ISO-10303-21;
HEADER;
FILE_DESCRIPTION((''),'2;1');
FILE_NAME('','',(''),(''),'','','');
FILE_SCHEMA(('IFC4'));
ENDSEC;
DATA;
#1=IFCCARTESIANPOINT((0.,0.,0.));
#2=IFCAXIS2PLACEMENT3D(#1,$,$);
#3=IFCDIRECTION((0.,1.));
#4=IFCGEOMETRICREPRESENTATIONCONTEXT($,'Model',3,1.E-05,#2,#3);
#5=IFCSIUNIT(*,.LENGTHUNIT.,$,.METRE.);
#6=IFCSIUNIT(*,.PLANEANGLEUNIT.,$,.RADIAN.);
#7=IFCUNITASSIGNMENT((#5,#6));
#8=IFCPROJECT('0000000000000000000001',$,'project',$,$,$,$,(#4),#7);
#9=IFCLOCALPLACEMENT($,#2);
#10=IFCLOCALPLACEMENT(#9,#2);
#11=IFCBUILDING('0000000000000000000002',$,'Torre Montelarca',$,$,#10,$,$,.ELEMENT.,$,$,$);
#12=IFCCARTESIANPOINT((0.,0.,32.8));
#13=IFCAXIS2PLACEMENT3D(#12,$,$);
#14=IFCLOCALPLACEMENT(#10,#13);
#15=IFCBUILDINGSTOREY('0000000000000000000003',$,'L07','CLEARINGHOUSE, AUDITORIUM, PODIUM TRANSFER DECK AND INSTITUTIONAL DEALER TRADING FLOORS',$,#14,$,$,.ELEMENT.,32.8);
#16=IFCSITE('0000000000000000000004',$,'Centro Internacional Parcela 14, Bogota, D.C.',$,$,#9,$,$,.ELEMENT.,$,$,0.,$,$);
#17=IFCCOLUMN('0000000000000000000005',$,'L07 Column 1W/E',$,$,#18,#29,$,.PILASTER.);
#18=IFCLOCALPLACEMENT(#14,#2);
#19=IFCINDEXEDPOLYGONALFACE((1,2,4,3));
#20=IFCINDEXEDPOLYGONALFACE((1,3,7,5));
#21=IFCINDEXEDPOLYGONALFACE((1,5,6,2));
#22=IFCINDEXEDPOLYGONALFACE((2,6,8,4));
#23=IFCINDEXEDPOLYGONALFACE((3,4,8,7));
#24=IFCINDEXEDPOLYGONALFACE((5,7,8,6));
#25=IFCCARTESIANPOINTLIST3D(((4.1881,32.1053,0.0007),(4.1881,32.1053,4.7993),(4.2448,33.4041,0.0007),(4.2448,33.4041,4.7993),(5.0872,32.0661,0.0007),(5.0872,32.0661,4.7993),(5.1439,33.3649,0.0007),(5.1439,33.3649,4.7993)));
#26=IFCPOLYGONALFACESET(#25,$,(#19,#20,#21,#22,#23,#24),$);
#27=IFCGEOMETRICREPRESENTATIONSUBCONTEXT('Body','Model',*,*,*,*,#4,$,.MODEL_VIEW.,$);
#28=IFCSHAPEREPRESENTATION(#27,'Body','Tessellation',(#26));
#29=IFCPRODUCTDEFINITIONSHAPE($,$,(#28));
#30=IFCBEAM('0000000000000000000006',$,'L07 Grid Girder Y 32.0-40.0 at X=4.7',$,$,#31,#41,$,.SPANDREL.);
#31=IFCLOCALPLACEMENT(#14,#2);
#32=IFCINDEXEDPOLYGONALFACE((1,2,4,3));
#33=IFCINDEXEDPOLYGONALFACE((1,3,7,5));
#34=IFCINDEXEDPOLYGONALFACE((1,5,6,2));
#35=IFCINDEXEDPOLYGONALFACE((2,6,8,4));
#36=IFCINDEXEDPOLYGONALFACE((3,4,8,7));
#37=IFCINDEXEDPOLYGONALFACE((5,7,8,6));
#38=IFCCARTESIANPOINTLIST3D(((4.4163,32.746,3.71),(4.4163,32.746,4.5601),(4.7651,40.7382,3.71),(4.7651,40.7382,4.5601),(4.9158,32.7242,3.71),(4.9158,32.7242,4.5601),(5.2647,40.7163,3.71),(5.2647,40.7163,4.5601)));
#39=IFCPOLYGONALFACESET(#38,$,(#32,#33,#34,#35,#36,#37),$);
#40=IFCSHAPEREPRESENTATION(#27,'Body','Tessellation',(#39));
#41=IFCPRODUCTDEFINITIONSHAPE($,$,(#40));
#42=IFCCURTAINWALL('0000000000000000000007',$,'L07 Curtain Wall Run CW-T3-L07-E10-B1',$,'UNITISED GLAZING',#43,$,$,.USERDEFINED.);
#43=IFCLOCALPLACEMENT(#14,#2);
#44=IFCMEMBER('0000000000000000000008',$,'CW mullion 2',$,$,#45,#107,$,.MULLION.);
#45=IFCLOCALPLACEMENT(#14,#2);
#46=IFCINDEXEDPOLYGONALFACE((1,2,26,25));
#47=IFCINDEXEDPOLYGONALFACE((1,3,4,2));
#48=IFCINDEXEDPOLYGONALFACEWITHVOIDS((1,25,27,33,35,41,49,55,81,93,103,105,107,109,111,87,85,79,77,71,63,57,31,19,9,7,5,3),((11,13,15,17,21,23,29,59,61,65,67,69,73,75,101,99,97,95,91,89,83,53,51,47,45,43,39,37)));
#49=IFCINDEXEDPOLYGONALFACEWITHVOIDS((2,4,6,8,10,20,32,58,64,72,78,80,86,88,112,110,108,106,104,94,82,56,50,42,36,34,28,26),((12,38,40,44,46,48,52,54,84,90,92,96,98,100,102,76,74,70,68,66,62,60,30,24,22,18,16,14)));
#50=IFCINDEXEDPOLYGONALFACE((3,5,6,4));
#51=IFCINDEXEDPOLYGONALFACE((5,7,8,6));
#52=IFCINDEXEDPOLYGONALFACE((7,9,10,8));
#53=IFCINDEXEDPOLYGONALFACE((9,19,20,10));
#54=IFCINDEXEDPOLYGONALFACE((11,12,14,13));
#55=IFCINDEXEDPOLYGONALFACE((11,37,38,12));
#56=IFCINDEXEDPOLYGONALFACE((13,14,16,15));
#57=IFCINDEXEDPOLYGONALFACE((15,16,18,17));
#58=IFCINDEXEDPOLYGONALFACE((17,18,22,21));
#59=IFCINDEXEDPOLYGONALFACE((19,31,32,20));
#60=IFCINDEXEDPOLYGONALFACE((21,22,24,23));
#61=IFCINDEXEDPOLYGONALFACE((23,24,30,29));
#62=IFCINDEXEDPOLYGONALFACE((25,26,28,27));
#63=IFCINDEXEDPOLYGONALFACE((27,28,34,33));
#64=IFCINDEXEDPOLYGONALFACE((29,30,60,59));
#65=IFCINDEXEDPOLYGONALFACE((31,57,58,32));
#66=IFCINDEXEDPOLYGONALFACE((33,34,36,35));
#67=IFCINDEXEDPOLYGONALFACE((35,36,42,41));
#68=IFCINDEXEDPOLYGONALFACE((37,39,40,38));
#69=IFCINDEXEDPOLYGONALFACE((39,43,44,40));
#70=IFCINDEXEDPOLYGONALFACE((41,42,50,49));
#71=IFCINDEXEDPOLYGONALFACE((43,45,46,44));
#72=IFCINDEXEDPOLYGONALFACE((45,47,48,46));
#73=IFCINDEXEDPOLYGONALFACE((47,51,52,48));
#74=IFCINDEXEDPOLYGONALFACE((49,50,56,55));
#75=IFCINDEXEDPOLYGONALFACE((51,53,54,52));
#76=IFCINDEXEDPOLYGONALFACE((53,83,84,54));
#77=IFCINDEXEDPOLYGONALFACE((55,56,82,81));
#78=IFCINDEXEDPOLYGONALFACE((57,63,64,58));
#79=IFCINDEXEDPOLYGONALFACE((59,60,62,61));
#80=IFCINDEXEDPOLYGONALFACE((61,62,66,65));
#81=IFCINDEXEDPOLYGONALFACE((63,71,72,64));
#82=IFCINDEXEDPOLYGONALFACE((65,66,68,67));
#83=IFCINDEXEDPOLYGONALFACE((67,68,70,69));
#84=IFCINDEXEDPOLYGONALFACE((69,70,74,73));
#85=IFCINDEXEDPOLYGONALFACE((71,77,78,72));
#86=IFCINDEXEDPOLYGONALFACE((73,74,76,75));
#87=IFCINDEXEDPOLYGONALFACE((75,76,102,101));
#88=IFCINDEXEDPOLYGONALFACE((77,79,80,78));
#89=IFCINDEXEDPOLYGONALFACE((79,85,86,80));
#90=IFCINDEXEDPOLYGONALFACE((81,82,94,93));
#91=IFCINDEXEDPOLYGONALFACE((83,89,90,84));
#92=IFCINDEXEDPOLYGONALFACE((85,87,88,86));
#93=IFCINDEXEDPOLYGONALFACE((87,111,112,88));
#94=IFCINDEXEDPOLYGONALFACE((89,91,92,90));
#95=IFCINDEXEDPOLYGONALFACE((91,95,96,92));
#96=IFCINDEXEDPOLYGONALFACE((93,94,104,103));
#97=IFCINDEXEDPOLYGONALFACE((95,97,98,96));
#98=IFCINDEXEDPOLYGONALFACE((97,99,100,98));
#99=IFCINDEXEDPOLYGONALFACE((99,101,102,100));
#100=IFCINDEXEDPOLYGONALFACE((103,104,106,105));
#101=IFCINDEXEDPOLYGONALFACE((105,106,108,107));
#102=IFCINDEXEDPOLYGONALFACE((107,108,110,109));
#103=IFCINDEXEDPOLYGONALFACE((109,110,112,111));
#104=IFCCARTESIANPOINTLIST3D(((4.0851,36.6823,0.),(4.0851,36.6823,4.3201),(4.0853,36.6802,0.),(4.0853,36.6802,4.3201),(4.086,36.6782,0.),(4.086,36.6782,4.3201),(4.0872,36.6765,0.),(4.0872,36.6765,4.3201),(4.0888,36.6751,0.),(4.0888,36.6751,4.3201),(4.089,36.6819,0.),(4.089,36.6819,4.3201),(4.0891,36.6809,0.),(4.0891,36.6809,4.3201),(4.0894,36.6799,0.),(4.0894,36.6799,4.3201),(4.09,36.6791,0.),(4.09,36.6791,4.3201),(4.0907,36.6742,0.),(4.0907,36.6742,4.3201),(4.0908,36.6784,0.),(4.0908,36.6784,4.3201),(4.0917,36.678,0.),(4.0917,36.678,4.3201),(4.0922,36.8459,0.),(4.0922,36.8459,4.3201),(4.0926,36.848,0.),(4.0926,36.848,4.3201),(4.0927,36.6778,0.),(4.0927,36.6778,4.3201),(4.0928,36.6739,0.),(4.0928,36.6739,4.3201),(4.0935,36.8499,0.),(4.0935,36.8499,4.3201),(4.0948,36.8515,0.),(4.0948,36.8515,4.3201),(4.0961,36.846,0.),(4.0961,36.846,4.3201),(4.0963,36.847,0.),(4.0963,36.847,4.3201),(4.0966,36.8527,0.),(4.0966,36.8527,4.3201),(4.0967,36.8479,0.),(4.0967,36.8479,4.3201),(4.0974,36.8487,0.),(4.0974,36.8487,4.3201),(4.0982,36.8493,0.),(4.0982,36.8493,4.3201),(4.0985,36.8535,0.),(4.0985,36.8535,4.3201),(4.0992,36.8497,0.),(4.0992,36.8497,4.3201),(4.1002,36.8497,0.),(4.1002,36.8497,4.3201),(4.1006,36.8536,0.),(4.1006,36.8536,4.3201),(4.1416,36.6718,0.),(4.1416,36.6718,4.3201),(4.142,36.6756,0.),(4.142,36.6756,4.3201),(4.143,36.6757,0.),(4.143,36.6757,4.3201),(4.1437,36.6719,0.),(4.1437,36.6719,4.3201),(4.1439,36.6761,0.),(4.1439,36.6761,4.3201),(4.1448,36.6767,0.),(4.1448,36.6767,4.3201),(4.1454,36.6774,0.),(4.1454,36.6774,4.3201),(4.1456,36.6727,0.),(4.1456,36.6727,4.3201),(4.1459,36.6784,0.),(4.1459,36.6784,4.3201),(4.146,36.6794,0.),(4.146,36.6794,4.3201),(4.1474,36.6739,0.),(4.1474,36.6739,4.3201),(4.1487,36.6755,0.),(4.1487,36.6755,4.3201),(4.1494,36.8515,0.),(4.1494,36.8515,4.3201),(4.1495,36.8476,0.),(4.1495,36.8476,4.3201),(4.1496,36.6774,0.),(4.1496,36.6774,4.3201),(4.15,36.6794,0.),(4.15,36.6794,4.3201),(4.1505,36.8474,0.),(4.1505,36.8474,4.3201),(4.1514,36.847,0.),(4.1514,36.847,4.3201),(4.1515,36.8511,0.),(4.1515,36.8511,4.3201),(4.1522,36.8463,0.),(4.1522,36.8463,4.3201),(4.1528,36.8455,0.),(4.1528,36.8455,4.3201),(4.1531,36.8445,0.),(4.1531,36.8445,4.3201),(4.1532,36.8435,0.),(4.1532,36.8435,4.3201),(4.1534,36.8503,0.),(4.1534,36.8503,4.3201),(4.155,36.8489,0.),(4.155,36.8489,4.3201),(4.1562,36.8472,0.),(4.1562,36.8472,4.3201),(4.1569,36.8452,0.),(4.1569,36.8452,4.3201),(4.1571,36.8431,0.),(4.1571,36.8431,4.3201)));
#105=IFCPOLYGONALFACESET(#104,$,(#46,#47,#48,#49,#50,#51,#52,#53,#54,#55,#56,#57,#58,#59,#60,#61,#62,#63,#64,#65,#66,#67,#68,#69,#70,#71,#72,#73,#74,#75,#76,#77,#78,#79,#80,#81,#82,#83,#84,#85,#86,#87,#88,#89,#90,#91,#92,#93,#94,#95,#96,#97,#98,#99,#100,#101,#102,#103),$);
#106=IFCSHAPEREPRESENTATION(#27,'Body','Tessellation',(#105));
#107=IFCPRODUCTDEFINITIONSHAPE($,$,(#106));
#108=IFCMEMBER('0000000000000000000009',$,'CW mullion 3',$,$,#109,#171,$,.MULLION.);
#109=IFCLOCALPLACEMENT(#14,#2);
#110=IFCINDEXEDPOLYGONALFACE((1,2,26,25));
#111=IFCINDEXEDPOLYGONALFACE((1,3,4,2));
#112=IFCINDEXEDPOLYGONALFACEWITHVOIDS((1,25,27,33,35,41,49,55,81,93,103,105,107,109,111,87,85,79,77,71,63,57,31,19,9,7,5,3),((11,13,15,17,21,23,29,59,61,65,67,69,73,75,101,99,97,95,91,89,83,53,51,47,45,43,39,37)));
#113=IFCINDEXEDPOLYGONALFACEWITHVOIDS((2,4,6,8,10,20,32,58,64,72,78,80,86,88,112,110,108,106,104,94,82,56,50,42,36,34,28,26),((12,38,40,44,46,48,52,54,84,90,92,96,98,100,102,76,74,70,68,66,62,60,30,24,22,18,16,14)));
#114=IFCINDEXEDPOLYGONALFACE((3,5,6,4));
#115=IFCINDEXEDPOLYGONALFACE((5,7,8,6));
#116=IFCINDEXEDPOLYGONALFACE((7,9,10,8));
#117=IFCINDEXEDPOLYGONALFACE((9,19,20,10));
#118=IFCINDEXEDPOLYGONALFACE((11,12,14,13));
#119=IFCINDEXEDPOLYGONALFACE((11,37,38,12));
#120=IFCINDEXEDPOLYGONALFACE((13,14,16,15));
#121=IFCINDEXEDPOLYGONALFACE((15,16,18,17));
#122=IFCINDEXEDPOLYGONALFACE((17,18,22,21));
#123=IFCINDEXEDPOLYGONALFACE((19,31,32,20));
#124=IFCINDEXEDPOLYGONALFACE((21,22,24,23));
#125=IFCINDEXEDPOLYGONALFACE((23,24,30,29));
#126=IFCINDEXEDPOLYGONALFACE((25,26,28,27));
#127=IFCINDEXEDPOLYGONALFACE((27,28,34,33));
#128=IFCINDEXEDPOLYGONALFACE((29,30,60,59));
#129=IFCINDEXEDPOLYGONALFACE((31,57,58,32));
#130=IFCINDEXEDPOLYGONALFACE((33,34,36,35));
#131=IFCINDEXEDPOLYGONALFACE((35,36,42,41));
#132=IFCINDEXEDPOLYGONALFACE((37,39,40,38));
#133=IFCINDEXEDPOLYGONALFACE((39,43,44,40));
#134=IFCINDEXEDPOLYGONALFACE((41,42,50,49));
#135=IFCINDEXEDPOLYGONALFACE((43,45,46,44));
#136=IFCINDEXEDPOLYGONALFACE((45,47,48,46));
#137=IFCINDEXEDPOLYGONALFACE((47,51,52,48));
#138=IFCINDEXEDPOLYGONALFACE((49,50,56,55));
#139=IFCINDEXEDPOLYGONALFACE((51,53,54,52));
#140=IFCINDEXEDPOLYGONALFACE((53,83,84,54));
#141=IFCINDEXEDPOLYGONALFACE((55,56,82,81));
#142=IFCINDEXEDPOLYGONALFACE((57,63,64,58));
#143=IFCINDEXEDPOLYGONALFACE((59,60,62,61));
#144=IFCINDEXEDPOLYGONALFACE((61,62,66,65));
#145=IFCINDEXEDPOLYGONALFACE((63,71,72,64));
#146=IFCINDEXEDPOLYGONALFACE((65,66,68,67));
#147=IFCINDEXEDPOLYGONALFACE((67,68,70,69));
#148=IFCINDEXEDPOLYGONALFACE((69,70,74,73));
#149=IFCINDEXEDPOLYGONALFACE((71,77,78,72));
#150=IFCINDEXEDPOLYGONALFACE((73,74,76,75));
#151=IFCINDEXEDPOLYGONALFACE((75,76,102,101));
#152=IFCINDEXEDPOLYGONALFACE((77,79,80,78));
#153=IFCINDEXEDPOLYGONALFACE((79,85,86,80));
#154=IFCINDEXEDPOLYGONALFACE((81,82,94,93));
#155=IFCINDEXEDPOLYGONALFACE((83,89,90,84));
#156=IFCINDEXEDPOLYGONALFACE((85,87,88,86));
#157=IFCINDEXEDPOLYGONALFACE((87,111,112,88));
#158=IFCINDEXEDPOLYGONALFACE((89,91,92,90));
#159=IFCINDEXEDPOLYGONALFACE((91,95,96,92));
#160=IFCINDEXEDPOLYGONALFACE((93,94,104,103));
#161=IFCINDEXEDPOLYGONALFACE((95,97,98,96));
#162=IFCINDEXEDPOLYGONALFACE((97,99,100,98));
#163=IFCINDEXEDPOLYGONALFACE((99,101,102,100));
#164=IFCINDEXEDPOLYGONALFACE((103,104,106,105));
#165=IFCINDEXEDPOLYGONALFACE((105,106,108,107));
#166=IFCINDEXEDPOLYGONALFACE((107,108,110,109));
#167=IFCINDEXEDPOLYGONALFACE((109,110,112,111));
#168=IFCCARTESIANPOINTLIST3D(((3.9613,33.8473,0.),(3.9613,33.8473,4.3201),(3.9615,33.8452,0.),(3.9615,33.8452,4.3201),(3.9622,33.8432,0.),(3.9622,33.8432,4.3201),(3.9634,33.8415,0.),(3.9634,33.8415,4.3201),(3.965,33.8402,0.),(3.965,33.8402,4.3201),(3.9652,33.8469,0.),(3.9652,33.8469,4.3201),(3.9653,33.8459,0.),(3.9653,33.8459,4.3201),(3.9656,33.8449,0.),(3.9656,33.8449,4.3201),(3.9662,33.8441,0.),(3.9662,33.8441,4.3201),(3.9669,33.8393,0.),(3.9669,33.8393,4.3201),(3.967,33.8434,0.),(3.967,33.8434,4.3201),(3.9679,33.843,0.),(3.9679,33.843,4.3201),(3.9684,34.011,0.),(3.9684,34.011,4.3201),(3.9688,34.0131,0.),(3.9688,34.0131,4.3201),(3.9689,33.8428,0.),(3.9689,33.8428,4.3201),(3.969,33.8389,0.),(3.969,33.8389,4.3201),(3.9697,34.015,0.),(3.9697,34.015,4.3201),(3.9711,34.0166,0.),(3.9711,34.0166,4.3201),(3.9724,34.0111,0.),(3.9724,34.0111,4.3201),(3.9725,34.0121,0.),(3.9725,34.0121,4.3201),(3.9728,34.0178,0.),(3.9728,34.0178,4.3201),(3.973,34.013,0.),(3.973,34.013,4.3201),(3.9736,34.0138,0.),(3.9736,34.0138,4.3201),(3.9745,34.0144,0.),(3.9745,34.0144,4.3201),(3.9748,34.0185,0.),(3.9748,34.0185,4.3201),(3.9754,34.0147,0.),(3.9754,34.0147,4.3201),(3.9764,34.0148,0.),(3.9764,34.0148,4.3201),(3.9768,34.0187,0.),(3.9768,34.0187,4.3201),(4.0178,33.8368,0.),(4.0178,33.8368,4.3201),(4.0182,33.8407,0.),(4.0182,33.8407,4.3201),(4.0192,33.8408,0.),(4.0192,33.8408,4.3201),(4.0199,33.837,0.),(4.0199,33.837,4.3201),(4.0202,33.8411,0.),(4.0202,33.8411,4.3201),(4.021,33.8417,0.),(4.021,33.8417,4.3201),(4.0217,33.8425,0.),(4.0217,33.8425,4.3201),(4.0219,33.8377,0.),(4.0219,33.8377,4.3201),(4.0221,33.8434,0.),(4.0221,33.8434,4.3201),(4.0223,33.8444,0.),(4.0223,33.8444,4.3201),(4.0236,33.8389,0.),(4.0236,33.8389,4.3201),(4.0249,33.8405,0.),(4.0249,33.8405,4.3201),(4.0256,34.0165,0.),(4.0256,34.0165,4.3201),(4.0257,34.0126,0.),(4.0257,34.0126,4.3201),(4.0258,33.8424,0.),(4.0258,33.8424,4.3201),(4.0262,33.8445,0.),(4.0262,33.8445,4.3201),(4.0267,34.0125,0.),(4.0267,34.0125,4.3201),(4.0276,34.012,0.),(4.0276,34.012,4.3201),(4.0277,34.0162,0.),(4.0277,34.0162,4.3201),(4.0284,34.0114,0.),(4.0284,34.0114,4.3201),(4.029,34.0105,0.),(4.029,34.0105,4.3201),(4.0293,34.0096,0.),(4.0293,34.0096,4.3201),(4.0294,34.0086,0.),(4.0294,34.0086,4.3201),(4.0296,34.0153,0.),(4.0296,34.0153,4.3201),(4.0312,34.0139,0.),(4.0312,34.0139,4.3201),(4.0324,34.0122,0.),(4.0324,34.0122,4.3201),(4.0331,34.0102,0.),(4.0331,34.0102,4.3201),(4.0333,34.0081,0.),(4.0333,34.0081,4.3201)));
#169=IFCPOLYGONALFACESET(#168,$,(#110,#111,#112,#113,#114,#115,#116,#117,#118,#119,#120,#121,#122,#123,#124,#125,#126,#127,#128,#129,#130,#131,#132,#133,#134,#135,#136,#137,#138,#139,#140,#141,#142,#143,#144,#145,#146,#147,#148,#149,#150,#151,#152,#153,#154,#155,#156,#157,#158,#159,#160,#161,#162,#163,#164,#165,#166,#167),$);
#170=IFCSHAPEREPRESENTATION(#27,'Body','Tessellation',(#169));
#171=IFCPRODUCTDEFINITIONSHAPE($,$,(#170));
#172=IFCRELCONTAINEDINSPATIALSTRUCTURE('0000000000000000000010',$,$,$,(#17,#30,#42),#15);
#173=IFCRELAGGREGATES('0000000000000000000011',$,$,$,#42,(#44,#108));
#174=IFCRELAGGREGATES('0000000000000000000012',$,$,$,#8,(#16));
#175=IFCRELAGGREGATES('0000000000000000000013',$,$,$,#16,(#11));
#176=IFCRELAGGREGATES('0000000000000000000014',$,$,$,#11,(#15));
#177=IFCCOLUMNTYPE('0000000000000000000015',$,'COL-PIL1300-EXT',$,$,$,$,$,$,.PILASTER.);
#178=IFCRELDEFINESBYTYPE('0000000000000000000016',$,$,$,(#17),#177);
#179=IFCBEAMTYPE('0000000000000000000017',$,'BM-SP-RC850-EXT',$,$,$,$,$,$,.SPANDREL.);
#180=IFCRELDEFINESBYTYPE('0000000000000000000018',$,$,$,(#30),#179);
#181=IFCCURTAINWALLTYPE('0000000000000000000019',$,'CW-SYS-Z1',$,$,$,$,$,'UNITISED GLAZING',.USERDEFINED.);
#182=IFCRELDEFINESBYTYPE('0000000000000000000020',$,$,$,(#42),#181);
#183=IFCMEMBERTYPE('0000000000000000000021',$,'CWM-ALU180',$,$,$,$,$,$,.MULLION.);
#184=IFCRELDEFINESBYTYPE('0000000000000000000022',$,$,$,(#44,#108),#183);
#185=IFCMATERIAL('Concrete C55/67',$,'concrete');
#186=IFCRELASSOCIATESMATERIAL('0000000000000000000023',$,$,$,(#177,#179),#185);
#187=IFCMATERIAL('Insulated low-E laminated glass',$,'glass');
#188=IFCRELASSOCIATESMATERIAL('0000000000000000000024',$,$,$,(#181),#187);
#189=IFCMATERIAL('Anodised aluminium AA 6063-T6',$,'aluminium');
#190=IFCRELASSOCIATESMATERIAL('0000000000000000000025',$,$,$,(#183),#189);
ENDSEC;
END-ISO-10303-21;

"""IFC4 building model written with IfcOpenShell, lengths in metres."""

from ifc_helpers import new_model, si_unit, direction, frame, origin, origin_2d, place, context, subcontext, project, spatial, rectangle, hollow_rectangle, extrude, source, transform, mapped, material, material_profile, profile_set, type_object, element, aggregate, save


model = new_model("IFC4")

# Units and contexts
model_context = context("Model", 3, precision=1e-05, world=origin(), true_north=direction((0.0, 1.0)))
body_context = subcontext(model_context, "Body", "Model", "MODEL_VIEW")
ifc_project = project(units=[si_unit("LENGTHUNIT", "METRE"), si_unit("PLANEANGLEUNIT", "RADIAN")], contexts=[model_context])

# Site, building, storey
site_placement = place(None, origin())
site = spatial("IfcSite", under=ifc_project, at=site_placement, Name="Centro Internacional Parcela 14, Bogota, D.C.", CompositionType="ELEMENT", RefElevation=0.0)
building_placement = place(site_placement, origin())
building = spatial("IfcBuilding", under=site, at=building_placement, Name="Torre Montelarca", CompositionType="ELEMENT")
storey_placement = place(building_placement, frame((0.0, 0.0, 32.8)))
storey = spatial("IfcBuildingStorey", under=building, at=storey_placement, Name="L07", Description="CLEARINGHOUSE, AUDITORIUM, PODIUM TRANSFER DECK AND INSTITUTIONAL DEALER TRADING FLOORS", CompositionType="ELEMENT", Elevation=32.8)

# Column
ifc_material_1 = material(Name="Concrete C55/67", Category="concrete")
ifc_material_profile_1 = material_profile(ifc_material_1, rectangle(XDim=0.8999, YDim=1.3, at=origin_2d()), Name="RC1300X900", Category="concrete")
ifc_profile_set_1 = profile_set([ifc_material_profile_1], Name="Concrete C55/67")
column_type = type_object("IfcColumnType", Name="COL-PIL1300-EXT", PredefinedType="PILASTER", material=ifc_profile_set_1)
shared_shape_1 = source(origin(), body_context, "Body", "SweptSolid", [
    extrude(rectangle(XDim=0.8999, YDim=1.3, at=origin_2d()), origin(), (0.0, 0.0, 1.0), 4.7986),
])
column_placement = place(storey_placement, frame((4.666, 32.7351, 0.0007), z_axis=(0.0, 0.0, 1.0), x_axis=(-0.999048, 0.043619, 0.0)))
element("IfcColumn", 1, at=column_placement, inside=storey, type_object=column_type, Name="L07 Column 1W/E", PredefinedType="PILASTER", context=body_context, shape_type="MappedRepresentation", body=[
    mapped(shared_shape_1, transform((0.0, 0.0, 0.0), scale=1.0)),
])

# Beam
ifc_material_profile_2 = material_profile(ifc_material_1, rectangle(XDim=0.5, YDim=0.8501, at=origin_2d()), Name="RCB500X850", Category="concrete")
ifc_profile_set_2 = profile_set([ifc_material_profile_2], Name="Concrete C55/67")
beam_type = type_object("IfcBeamType", Name="BM-SP-RC850-EXT", PredefinedType="SPANDREL", material=ifc_profile_set_2)
shared_shape_2 = source(origin(), body_context, "Body", "SweptSolid", [
    extrude(rectangle(XDim=0.5, YDim=0.8501, at=origin_2d()), origin(), (0.0, 0.0, 1.0), 7.9998),
])
beam_placement = place(storey_placement, frame((4.666, 32.7351, 4.135), z_axis=(0.043611, 0.999049, 0.0), x_axis=(-0.999049, 0.043611, 0.0)))
element("IfcBeam", 2, at=beam_placement, inside=storey, type_object=beam_type, Name="L07 Grid Girder Y 32.0-40.0 at X=4.7", PredefinedType="SPANDREL", context=body_context, shape_type="MappedRepresentation", body=[
    mapped(shared_shape_2, transform((0.0, 0.0, 0.0), scale=1.0)),
])

# Curtain wall, members
ifc_material_2 = material(Name="Insulated low-E laminated glass", Category="glass")
curtain_wall_type = type_object("IfcCurtainWallType", Name="CW-SYS-Z1", ElementType="UNITISED GLAZING", PredefinedType="USERDEFINED", material=ifc_material_2)
curtain_wall_1_placement = place(storey_placement, origin())
curtain_wall_1 = element("IfcCurtainWall", 3, at=curtain_wall_1_placement, inside=storey, type_object=curtain_wall_type, Name="L07 Curtain Wall Run CW-T3-L07-E10-B1", ObjectType="UNITISED GLAZING", PredefinedType="USERDEFINED")
ifc_material_3 = material(Name="Anodised aluminium AA 6063-T6", Category="aluminium")
ifc_material_profile_3 = material_profile(ifc_material_3, hollow_rectangle(XDim=0.0649, YDim=0.1799, WallThickness=0.0039, InnerFilletRadius=0.0039, OuterFilletRadius=0.0081, at=origin_2d()), Name="ALU65X180X4", Category="aluminium")
ifc_profile_set_3 = profile_set([ifc_material_profile_3], Name="Anodised aluminium AA 6063-T6")
member_type_1 = type_object("IfcMemberType", Name="CWM-ALU180", PredefinedType="MULLION", material=ifc_profile_set_3)
shared_shape_3 = source(origin(), body_context, "Body", "SweptSolid", [
    extrude(hollow_rectangle(XDim=0.0649, YDim=0.1799, WallThickness=0.0039, InnerFilletRadius=0.0039, OuterFilletRadius=0.0081, at=origin_2d()), origin(), (0.0, 0.0, 1.0), 4.3201),
])
member_1_placement = place(storey_placement, frame((4.1211, 36.7627, 0.0), z_axis=(0.0, 0.0, 1.0), x_axis=(0.999048, -0.043623, 0.0)))
member_1 = element("IfcMember", 4, at=member_1_placement, type_object=member_type_1, Name="CW mullion 2", PredefinedType="MULLION", context=body_context, shape_type="MappedRepresentation", body=[
    mapped(shared_shape_3, transform((0.0, 0.0, 0.0), scale=1.0)),
])
member_2_placement = place(storey_placement, frame((3.9973, 33.9277, 0.0), z_axis=(0.0, 0.0, 1.0), x_axis=(0.999048, -0.043623, 0.0)))
member_2 = element("IfcMember", 5, at=member_2_placement, type_object=member_type_1, Name="CW mullion 3", PredefinedType="MULLION", context=body_context, shape_type="MappedRepresentation", body=[
    mapped(shared_shape_3, transform((0.0, 0.0, 0.0), scale=1.0)),
])

aggregate(curtain_wall_1, [member_1, member_2])

save(model, "model.ifc")
